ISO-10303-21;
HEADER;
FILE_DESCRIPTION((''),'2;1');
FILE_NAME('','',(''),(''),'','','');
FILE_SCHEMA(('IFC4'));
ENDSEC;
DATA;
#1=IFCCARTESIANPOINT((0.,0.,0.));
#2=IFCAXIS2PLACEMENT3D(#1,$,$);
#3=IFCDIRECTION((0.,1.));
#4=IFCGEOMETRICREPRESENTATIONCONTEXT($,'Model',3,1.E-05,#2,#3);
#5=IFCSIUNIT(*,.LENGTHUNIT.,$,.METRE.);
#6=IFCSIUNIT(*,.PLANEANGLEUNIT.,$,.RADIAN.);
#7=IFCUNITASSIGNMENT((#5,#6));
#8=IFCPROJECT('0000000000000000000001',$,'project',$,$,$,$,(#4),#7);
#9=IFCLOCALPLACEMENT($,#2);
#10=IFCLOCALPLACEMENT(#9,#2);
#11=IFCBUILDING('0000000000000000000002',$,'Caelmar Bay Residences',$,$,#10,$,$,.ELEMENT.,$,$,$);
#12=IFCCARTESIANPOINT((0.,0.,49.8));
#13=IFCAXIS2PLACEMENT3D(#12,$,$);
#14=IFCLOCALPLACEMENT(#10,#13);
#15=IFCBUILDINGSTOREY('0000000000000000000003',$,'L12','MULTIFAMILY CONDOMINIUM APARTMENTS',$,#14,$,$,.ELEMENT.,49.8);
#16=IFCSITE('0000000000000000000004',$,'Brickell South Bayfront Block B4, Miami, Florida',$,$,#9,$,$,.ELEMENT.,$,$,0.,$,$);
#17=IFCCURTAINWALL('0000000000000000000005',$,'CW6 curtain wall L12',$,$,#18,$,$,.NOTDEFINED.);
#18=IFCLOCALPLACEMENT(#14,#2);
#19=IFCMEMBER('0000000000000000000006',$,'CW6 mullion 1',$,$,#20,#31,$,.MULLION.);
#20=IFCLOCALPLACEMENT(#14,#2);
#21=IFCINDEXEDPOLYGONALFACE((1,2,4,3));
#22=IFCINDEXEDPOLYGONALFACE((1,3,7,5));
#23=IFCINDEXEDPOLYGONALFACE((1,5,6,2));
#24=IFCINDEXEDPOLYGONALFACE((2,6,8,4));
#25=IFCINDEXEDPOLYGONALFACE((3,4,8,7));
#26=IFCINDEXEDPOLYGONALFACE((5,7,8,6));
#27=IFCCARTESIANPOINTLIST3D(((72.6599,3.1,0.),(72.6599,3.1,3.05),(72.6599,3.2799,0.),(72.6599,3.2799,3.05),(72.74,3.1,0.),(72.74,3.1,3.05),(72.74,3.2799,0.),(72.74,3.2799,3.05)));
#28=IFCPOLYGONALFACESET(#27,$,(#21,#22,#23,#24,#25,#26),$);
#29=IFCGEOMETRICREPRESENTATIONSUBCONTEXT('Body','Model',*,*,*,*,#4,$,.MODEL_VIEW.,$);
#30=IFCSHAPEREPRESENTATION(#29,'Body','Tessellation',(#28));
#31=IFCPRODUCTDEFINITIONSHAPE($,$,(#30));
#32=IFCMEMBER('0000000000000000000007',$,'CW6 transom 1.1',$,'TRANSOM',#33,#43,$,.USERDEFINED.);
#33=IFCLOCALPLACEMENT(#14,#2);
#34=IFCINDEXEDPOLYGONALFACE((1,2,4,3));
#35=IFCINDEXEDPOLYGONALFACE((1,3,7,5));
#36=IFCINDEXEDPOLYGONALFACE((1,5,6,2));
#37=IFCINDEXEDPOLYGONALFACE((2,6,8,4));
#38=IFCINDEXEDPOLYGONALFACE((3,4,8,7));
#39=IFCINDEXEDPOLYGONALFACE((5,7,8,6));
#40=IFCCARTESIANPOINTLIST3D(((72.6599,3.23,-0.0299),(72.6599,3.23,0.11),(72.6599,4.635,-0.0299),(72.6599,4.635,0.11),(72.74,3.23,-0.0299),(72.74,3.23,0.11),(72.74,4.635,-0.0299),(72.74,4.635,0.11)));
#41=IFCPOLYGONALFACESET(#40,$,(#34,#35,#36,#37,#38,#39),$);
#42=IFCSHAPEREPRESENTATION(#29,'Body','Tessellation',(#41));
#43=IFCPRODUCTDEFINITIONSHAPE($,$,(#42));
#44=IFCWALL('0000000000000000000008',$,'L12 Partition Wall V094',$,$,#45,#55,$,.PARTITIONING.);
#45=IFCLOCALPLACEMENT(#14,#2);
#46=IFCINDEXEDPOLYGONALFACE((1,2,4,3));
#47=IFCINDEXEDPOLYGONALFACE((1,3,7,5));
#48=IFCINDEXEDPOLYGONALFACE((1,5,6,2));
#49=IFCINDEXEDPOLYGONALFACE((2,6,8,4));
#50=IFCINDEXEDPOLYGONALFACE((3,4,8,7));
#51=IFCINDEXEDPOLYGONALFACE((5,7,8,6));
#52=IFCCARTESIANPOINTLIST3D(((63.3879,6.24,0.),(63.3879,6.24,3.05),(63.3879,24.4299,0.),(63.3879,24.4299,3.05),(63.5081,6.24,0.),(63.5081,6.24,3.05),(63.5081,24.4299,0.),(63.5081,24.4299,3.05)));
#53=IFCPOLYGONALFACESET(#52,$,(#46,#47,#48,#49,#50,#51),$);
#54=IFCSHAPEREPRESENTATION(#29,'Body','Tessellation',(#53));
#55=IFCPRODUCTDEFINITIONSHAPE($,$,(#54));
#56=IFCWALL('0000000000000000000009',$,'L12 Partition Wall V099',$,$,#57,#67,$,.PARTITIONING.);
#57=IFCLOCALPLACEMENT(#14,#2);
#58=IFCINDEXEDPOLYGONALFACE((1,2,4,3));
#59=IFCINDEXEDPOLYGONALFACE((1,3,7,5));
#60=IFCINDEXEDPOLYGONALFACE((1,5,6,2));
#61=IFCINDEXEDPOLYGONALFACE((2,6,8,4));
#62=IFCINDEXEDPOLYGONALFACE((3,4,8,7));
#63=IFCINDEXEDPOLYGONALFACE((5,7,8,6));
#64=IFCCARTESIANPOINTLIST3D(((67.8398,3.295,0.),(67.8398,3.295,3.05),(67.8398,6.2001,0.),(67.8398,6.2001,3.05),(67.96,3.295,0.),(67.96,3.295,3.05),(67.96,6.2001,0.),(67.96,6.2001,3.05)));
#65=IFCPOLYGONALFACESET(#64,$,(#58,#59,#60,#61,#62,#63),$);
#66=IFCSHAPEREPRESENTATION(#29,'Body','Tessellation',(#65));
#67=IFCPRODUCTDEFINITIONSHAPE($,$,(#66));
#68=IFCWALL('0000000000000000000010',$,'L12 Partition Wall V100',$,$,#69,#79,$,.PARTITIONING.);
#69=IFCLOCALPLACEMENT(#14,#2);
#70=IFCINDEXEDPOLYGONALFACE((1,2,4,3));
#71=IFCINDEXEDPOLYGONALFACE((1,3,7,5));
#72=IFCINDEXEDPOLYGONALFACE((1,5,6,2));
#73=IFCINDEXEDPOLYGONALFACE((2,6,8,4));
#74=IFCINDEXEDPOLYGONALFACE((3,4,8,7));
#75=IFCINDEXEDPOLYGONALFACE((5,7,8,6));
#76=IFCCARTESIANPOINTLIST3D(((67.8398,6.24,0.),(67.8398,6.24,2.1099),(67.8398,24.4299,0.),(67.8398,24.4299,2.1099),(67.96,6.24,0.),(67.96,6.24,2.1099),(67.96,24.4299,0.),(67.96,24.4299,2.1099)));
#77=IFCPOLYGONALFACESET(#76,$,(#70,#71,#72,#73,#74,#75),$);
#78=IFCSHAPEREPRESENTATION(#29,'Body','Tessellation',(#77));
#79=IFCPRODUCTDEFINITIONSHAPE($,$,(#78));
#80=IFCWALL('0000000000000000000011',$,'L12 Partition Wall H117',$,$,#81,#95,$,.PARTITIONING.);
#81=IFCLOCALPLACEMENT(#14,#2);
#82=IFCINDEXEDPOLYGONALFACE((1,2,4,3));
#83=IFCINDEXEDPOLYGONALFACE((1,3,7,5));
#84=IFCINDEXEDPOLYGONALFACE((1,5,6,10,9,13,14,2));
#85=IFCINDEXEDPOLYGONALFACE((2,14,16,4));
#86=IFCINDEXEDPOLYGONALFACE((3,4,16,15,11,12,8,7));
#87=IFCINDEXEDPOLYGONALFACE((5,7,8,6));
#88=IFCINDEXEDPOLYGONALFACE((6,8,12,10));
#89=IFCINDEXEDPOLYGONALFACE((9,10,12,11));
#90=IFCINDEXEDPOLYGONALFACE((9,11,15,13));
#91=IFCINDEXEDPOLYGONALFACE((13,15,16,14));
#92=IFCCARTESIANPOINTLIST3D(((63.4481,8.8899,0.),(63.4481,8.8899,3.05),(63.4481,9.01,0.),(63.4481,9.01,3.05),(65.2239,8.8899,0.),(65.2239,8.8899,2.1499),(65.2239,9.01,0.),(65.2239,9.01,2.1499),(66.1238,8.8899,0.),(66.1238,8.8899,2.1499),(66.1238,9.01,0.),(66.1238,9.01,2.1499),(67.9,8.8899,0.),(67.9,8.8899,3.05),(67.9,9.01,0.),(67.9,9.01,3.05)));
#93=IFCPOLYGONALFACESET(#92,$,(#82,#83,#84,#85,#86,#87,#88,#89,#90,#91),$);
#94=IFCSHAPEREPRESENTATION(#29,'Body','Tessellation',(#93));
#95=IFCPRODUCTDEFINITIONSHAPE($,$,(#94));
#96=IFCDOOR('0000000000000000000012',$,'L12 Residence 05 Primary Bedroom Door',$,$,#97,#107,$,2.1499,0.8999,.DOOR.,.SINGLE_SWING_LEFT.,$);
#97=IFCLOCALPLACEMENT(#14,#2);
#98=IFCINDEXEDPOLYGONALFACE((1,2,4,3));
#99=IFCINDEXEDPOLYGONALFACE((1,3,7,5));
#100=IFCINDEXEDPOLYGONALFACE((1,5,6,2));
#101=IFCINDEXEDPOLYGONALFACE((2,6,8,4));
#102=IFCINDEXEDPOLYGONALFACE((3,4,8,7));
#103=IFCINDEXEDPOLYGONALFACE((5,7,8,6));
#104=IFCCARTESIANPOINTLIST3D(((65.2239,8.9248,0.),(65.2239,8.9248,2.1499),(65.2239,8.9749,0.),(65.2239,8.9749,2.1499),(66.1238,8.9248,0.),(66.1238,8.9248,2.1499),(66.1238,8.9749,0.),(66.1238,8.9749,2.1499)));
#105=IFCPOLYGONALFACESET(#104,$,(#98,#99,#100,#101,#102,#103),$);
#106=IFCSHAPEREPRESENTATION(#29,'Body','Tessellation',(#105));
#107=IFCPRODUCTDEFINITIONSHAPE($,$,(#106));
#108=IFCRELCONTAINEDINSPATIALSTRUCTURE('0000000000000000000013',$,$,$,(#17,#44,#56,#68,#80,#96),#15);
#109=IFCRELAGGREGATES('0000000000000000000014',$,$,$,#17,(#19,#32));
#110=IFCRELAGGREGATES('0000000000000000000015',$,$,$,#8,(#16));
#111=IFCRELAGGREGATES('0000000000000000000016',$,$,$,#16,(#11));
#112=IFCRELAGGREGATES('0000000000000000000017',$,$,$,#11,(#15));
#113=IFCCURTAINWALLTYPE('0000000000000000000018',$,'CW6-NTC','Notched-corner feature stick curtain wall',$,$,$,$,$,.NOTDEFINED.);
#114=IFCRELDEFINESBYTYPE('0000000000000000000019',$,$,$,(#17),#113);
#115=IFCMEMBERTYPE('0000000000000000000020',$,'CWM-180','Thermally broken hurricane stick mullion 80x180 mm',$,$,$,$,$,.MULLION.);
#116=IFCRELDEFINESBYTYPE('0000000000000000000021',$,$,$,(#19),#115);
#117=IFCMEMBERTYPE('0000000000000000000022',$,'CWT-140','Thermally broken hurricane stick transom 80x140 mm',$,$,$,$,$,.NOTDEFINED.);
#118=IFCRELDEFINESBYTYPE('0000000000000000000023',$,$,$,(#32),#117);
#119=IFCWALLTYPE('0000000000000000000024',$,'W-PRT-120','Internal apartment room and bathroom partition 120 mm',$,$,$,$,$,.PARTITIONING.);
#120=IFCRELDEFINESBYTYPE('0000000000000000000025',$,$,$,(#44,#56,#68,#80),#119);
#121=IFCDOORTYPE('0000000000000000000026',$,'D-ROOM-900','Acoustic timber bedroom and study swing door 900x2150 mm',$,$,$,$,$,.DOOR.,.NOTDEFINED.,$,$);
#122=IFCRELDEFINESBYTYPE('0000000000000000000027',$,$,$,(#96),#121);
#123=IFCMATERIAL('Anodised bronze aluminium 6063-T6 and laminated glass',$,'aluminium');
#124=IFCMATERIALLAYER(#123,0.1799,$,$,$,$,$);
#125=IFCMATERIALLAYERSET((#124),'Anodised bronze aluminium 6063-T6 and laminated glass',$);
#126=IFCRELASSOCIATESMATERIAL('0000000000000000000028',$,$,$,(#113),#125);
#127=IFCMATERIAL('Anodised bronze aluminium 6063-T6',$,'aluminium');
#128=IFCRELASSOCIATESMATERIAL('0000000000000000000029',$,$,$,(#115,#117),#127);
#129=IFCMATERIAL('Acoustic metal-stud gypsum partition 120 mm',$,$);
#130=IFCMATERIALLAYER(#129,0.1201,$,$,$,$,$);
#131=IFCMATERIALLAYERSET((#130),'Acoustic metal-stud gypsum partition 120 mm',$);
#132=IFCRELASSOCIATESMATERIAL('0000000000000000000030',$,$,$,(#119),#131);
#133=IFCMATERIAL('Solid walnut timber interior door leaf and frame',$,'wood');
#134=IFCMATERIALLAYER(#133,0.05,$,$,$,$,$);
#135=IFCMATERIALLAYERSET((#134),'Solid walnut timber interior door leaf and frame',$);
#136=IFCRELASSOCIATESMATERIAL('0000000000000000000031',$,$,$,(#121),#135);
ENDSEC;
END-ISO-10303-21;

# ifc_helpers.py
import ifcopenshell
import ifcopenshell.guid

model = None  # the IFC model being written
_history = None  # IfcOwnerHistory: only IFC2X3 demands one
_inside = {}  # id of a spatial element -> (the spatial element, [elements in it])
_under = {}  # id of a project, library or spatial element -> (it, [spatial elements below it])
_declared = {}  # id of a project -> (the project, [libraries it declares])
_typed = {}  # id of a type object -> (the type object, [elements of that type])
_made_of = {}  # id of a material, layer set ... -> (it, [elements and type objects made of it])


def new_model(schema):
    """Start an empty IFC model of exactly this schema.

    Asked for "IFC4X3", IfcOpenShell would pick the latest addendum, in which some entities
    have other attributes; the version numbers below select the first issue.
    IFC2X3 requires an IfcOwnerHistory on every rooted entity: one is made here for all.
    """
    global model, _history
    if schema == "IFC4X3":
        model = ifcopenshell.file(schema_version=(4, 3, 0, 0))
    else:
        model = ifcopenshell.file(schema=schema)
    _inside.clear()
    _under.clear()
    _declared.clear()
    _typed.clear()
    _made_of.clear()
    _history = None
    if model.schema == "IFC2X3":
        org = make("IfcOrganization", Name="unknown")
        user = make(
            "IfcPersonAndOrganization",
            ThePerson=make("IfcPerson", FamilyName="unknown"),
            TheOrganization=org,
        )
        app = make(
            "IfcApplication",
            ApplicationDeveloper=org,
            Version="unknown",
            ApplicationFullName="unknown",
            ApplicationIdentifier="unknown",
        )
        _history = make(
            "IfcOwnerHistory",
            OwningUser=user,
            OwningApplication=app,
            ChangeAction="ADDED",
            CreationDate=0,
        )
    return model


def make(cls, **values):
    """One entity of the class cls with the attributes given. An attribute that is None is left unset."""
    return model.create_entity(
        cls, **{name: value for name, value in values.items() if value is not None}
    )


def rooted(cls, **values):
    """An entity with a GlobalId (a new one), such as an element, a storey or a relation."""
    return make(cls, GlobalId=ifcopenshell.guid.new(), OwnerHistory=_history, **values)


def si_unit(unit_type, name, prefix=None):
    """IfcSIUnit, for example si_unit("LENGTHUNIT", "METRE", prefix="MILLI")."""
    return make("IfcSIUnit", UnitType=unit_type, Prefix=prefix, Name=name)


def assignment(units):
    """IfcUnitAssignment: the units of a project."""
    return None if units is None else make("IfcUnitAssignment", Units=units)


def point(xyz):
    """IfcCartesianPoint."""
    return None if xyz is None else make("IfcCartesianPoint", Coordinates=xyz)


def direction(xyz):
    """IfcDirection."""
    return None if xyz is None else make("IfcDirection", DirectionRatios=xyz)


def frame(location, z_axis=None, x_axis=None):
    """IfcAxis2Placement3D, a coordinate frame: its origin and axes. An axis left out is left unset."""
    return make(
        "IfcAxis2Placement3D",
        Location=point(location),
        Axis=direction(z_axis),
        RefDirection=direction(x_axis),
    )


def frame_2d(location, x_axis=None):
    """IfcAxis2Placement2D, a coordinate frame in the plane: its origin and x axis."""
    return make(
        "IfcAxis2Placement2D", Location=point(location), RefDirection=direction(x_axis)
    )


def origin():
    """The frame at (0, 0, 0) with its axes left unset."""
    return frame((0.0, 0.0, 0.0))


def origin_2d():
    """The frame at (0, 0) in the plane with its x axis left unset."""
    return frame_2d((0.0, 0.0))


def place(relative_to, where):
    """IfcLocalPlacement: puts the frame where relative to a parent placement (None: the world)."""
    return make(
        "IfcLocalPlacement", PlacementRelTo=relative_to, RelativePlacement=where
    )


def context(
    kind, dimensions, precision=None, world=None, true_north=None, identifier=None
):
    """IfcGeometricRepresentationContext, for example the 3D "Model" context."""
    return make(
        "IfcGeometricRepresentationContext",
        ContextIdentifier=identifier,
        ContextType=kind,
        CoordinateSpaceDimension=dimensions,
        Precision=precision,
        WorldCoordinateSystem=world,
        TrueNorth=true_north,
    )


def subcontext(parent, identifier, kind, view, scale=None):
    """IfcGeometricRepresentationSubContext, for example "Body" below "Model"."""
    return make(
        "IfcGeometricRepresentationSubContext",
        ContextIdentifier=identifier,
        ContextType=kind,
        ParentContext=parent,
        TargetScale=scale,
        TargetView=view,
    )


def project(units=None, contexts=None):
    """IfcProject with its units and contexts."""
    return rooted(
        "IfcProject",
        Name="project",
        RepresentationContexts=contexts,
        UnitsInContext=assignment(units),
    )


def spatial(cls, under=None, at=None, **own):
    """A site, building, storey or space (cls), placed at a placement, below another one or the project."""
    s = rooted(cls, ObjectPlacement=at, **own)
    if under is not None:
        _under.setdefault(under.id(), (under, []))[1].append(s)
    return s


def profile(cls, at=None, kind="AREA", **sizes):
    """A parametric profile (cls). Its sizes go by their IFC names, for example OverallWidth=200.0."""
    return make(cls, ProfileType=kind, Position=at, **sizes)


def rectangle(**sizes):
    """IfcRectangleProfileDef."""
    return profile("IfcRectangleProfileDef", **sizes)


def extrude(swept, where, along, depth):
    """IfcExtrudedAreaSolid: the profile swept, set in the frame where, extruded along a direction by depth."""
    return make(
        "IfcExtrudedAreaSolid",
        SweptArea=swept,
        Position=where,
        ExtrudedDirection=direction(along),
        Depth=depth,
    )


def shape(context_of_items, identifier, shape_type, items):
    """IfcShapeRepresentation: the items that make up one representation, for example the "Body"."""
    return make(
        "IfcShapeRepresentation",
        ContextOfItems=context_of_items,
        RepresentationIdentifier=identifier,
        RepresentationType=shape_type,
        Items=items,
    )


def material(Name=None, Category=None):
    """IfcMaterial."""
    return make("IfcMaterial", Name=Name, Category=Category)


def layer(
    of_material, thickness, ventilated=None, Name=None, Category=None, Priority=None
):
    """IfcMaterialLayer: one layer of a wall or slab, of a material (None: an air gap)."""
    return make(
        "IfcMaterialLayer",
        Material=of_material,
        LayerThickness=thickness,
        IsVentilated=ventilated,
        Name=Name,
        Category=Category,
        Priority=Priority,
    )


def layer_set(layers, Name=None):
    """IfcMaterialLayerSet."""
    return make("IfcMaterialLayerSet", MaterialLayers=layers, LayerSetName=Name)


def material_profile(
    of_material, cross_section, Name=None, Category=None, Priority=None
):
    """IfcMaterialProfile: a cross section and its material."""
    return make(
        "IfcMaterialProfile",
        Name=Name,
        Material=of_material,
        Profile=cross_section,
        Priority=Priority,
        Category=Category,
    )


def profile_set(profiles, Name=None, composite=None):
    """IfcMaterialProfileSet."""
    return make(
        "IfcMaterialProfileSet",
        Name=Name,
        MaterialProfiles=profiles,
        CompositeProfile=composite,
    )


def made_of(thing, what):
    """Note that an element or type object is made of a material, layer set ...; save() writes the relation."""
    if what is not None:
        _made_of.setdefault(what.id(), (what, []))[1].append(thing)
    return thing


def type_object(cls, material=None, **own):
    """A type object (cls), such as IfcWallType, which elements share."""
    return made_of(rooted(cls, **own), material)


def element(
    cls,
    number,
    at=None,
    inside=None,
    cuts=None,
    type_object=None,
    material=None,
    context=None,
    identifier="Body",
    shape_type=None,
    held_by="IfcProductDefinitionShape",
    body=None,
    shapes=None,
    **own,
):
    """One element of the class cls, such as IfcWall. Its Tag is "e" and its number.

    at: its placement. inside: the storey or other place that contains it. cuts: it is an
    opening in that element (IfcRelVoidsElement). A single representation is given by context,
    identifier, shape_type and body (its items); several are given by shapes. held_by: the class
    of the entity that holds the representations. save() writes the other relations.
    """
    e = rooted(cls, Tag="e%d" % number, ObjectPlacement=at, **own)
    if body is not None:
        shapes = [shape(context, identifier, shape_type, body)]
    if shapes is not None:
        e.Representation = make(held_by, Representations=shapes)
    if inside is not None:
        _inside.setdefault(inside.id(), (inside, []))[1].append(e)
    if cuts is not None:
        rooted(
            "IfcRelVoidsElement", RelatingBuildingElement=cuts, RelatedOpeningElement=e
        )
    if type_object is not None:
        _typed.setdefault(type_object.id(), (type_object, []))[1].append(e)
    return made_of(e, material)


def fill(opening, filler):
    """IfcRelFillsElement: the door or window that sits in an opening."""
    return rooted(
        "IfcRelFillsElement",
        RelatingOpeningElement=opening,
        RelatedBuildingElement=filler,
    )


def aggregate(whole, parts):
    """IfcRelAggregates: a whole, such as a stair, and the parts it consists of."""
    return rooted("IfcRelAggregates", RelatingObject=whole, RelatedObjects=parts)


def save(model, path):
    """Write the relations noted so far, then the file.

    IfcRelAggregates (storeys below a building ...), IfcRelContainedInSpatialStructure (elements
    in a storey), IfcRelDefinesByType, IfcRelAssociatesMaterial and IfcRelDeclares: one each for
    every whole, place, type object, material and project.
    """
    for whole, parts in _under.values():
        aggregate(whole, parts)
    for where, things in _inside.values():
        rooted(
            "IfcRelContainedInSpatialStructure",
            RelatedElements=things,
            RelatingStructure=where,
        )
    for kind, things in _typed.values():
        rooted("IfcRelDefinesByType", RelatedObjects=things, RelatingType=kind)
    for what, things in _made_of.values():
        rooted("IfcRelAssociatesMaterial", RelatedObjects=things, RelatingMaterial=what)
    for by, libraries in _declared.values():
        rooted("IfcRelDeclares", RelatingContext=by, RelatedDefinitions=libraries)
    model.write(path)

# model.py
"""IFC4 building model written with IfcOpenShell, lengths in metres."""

from ifc_helpers import new_model, si_unit, direction, frame, frame_2d, origin, origin_2d, place, context, subcontext, project, spatial, rectangle, extrude, material, layer, layer_set, material_profile, profile_set, type_object, element, fill, aggregate, save


model = new_model("IFC4")

# Units and contexts
model_context = context("Model", 3, precision=1e-05, world=origin(), true_north=direction((0.0, 1.0)))
body_context = subcontext(model_context, "Body", "Model", "MODEL_VIEW")
ifc_project = project(units=[si_unit("LENGTHUNIT", "METRE"), si_unit("PLANEANGLEUNIT", "RADIAN")], contexts=[model_context])

# Site, building, storey
site_placement = place(None, origin())
site = spatial("IfcSite", under=ifc_project, at=site_placement, Name="Brickell South Bayfront Block B4, Miami, Florida", CompositionType="ELEMENT", RefElevation=0.0)
building_placement = place(site_placement, origin())
building = spatial("IfcBuilding", under=site, at=building_placement, Name="Caelmar Bay Residences", CompositionType="ELEMENT")
storey_placement = place(building_placement, frame((0.0, 0.0, 49.8)))
storey = spatial("IfcBuildingStorey", under=building, at=storey_placement, Name="L12", Description="MULTIFAMILY CONDOMINIUM APARTMENTS", CompositionType="ELEMENT", Elevation=49.8)

# Curtain wall, members
ifc_material_1 = material(Name="Anodised bronze aluminium 6063-T6 and laminated glass", Category="aluminium")
ifc_layer_1 = layer(ifc_material_1, 0.1799)
ifc_layer_set_1 = layer_set([ifc_layer_1], Name="Anodised bronze aluminium 6063-T6 and laminated glass")
curtain_wall_type = type_object("IfcCurtainWallType", Name="CW6-NTC", Description="Notched-corner feature stick curtain wall", PredefinedType="NOTDEFINED", material=ifc_layer_set_1)
curtain_wall_placement = place(storey_placement, origin())
curtain_wall = element("IfcCurtainWall", 1, at=curtain_wall_placement, inside=storey, type_object=curtain_wall_type, Name="CW6 curtain wall L12", PredefinedType="NOTDEFINED")
ifc_material_2 = material(Name="Anodised bronze aluminium 6063-T6", Category="aluminium")
ifc_material_profile_1 = material_profile(ifc_material_2, rectangle(XDim=0.0801, YDim=0.1799, at=origin_2d()), Name="CWM-80X180")
ifc_profile_set_1 = profile_set([ifc_material_profile_1], Name="Anodised bronze aluminium 6063-T6")
member_type_1 = type_object("IfcMemberType", Name="CWM-180", Description="Thermally broken hurricane stick mullion 80x180 mm", PredefinedType="MULLION", material=ifc_profile_set_1)
member_1_placement = place(storey_placement, frame((72.7, 3.1899, 0.0), z_axis=(0.0, 0.0, 1.0), x_axis=(-1.0, 0.0, 0.0)))
member_1 = element("IfcMember", 2, at=member_1_placement, type_object=member_type_1, Name="CW6 mullion 1", PredefinedType="MULLION", context=body_context, shape_type="SweptSolid", body=[
    extrude(rectangle(XDim=0.0801, YDim=0.1799, at=origin_2d()), origin(), (0.0, 0.0, 1.0), 3.05),
])
ifc_material_profile_2 = material_profile(ifc_material_2, rectangle(XDim=0.0801, YDim=0.1399, at=origin_2d()), Name="CWT-80X140")
ifc_profile_set_2 = profile_set([ifc_material_profile_2], Name="Anodised bronze aluminium 6063-T6")
member_type_2 = type_object("IfcMemberType", Name="CWT-140", Description="Thermally broken hurricane stick transom 80x140 mm", PredefinedType="NOTDEFINED", material=ifc_profile_set_2)
member_2_placement = place(storey_placement, frame((72.7, 3.23, 0.04), z_axis=(0.0, 1.0, 0.0), x_axis=(-1.0, 0.0, 0.0)))
member_2 = element("IfcMember", 3, at=member_2_placement, type_object=member_type_2, Name="CW6 transom 1.1", ObjectType="TRANSOM", PredefinedType="USERDEFINED", context=body_context, shape_type="SweptSolid", body=[
    extrude(rectangle(XDim=0.0801, YDim=0.1399, at=origin_2d()), origin(), (0.0, 0.0, 1.0), 1.405),
])
aggregate(curtain_wall, [member_1, member_2])

# Walls
ifc_material_3 = material(Name="Acoustic metal-stud gypsum partition 120 mm")
ifc_layer_2 = layer(ifc_material_3, 0.1201)
ifc_layer_set_2 = layer_set([ifc_layer_2], Name="Acoustic metal-stud gypsum partition 120 mm")
wall_type_1 = type_object("IfcWallType", Name="W-PRT-120", Description="Internal apartment room and bathroom partition 120 mm", PredefinedType="PARTITIONING", material=ifc_layer_set_2)
wall_1_placement = place(storey_placement, frame((63.448, 6.24, 0.0), z_axis=(0.0, 0.0, 1.0), x_axis=(0.0, 1.0, 0.0)))
element("IfcWall", 4, at=wall_1_placement, inside=storey, type_object=wall_type_1, Name="L12 Partition Wall V094", PredefinedType="PARTITIONING", context=body_context, shape_type="SweptSolid", body=[
    extrude(rectangle(XDim=18.1899, YDim=0.1201, at=frame_2d((9.095, 0.0))), origin(), (0.0, 0.0, 1.0), 3.05),
])
wall_2_placement = place(storey_placement, frame((67.8999, 3.2949, 0.0), z_axis=(0.0, 0.0, 1.0), x_axis=(0.0, 1.0, 0.0)))
element("IfcWall", 5, at=wall_2_placement, inside=storey, type_object=wall_type_1, Name="L12 Partition Wall V099", PredefinedType="PARTITIONING", context=body_context, shape_type="SweptSolid", body=[
    extrude(rectangle(XDim=2.905, YDim=0.1201, at=frame_2d((1.4526, 0.0))), origin(), (0.0, 0.0, 1.0), 3.05),
])
wall_3_placement = place(storey_placement, frame((67.8999, 6.24, 0.0), z_axis=(0.0, 0.0, 1.0), x_axis=(0.0, 1.0, 0.0)))
element("IfcWall", 6, at=wall_3_placement, inside=storey, type_object=wall_type_1, Name="L12 Partition Wall V100", PredefinedType="PARTITIONING", context=body_context, shape_type="SweptSolid", body=[
    extrude(rectangle(XDim=18.1899, YDim=0.1201, at=frame_2d((9.095, 0.0))), origin(), (0.0, 0.0, 1.0), 2.1099),
])

# Wall, opening, door
wall_4_placement = place(storey_placement, frame((63.448, 8.95, 0.0), z_axis=(0.0, 0.0, 1.0), x_axis=(1.0, 0.0, 0.0)))
wall_4 = element("IfcWall", 7, at=wall_4_placement, inside=storey, type_object=wall_type_1, Name="L12 Partition Wall H117", PredefinedType="PARTITIONING", context=body_context, shape_type="SweptSolid", body=[
    extrude(rectangle(XDim=4.4519, YDim=0.1201, at=frame_2d((2.2261, 0.0))), origin(), (0.0, 0.0, 1.0), 3.05),
])
opening_1_placement = place(wall_4_placement, frame((1.7759, 0.0, 0.0)))
opening_1 = element("IfcOpeningElement", 8, at=opening_1_placement, cuts=wall_4, PredefinedType="OPENING", context=body_context, shape_type="SweptSolid", body=[
    extrude(rectangle(XDim=0.8999, YDim=2.1499, at=frame_2d((0.45, 1.075))), frame((0.0, 0.0701, 0.0), z_axis=(0.0, -1.0, 0.0), x_axis=(1.0, 0.0, 0.0)), (0.0, 0.0, 1.0), 0.1401),
])
ifc_material_4 = material(Name="Solid walnut timber interior door leaf and frame", Category="wood")
ifc_layer_3 = layer(ifc_material_4, 0.05)
ifc_layer_set_3 = layer_set([ifc_layer_3], Name="Solid walnut timber interior door leaf and frame")
door_type_1 = type_object("IfcDoorType", Name="D-ROOM-900", Description="Acoustic timber bedroom and study swing door 900x2150 mm", OperationType="NOTDEFINED", PredefinedType="DOOR", material=ifc_layer_set_3)
door_1_placement = place(opening_1_placement, origin())
door_1 = element("IfcDoor", 9, at=door_1_placement, inside=storey, type_object=door_type_1, Name="L12 Residence 05 Primary Bedroom Door", OperationType="SINGLE_SWING_LEFT", OverallHeight=2.1499, OverallWidth=0.8999, PredefinedType="DOOR", context=body_context, shape_type="SweptSolid", body=[
    extrude(rectangle(XDim=0.8999, YDim=2.1499, at=frame_2d((0.45, 1.075))), frame((0.0, 0.0249, 0.0), z_axis=(0.0, -1.0, 0.0), x_axis=(1.0, 0.0, 0.0)), (0.0, 0.0, 1.0), 0.05),
])
fill(opening_1, door_1)

save(model, "model.ifc")
